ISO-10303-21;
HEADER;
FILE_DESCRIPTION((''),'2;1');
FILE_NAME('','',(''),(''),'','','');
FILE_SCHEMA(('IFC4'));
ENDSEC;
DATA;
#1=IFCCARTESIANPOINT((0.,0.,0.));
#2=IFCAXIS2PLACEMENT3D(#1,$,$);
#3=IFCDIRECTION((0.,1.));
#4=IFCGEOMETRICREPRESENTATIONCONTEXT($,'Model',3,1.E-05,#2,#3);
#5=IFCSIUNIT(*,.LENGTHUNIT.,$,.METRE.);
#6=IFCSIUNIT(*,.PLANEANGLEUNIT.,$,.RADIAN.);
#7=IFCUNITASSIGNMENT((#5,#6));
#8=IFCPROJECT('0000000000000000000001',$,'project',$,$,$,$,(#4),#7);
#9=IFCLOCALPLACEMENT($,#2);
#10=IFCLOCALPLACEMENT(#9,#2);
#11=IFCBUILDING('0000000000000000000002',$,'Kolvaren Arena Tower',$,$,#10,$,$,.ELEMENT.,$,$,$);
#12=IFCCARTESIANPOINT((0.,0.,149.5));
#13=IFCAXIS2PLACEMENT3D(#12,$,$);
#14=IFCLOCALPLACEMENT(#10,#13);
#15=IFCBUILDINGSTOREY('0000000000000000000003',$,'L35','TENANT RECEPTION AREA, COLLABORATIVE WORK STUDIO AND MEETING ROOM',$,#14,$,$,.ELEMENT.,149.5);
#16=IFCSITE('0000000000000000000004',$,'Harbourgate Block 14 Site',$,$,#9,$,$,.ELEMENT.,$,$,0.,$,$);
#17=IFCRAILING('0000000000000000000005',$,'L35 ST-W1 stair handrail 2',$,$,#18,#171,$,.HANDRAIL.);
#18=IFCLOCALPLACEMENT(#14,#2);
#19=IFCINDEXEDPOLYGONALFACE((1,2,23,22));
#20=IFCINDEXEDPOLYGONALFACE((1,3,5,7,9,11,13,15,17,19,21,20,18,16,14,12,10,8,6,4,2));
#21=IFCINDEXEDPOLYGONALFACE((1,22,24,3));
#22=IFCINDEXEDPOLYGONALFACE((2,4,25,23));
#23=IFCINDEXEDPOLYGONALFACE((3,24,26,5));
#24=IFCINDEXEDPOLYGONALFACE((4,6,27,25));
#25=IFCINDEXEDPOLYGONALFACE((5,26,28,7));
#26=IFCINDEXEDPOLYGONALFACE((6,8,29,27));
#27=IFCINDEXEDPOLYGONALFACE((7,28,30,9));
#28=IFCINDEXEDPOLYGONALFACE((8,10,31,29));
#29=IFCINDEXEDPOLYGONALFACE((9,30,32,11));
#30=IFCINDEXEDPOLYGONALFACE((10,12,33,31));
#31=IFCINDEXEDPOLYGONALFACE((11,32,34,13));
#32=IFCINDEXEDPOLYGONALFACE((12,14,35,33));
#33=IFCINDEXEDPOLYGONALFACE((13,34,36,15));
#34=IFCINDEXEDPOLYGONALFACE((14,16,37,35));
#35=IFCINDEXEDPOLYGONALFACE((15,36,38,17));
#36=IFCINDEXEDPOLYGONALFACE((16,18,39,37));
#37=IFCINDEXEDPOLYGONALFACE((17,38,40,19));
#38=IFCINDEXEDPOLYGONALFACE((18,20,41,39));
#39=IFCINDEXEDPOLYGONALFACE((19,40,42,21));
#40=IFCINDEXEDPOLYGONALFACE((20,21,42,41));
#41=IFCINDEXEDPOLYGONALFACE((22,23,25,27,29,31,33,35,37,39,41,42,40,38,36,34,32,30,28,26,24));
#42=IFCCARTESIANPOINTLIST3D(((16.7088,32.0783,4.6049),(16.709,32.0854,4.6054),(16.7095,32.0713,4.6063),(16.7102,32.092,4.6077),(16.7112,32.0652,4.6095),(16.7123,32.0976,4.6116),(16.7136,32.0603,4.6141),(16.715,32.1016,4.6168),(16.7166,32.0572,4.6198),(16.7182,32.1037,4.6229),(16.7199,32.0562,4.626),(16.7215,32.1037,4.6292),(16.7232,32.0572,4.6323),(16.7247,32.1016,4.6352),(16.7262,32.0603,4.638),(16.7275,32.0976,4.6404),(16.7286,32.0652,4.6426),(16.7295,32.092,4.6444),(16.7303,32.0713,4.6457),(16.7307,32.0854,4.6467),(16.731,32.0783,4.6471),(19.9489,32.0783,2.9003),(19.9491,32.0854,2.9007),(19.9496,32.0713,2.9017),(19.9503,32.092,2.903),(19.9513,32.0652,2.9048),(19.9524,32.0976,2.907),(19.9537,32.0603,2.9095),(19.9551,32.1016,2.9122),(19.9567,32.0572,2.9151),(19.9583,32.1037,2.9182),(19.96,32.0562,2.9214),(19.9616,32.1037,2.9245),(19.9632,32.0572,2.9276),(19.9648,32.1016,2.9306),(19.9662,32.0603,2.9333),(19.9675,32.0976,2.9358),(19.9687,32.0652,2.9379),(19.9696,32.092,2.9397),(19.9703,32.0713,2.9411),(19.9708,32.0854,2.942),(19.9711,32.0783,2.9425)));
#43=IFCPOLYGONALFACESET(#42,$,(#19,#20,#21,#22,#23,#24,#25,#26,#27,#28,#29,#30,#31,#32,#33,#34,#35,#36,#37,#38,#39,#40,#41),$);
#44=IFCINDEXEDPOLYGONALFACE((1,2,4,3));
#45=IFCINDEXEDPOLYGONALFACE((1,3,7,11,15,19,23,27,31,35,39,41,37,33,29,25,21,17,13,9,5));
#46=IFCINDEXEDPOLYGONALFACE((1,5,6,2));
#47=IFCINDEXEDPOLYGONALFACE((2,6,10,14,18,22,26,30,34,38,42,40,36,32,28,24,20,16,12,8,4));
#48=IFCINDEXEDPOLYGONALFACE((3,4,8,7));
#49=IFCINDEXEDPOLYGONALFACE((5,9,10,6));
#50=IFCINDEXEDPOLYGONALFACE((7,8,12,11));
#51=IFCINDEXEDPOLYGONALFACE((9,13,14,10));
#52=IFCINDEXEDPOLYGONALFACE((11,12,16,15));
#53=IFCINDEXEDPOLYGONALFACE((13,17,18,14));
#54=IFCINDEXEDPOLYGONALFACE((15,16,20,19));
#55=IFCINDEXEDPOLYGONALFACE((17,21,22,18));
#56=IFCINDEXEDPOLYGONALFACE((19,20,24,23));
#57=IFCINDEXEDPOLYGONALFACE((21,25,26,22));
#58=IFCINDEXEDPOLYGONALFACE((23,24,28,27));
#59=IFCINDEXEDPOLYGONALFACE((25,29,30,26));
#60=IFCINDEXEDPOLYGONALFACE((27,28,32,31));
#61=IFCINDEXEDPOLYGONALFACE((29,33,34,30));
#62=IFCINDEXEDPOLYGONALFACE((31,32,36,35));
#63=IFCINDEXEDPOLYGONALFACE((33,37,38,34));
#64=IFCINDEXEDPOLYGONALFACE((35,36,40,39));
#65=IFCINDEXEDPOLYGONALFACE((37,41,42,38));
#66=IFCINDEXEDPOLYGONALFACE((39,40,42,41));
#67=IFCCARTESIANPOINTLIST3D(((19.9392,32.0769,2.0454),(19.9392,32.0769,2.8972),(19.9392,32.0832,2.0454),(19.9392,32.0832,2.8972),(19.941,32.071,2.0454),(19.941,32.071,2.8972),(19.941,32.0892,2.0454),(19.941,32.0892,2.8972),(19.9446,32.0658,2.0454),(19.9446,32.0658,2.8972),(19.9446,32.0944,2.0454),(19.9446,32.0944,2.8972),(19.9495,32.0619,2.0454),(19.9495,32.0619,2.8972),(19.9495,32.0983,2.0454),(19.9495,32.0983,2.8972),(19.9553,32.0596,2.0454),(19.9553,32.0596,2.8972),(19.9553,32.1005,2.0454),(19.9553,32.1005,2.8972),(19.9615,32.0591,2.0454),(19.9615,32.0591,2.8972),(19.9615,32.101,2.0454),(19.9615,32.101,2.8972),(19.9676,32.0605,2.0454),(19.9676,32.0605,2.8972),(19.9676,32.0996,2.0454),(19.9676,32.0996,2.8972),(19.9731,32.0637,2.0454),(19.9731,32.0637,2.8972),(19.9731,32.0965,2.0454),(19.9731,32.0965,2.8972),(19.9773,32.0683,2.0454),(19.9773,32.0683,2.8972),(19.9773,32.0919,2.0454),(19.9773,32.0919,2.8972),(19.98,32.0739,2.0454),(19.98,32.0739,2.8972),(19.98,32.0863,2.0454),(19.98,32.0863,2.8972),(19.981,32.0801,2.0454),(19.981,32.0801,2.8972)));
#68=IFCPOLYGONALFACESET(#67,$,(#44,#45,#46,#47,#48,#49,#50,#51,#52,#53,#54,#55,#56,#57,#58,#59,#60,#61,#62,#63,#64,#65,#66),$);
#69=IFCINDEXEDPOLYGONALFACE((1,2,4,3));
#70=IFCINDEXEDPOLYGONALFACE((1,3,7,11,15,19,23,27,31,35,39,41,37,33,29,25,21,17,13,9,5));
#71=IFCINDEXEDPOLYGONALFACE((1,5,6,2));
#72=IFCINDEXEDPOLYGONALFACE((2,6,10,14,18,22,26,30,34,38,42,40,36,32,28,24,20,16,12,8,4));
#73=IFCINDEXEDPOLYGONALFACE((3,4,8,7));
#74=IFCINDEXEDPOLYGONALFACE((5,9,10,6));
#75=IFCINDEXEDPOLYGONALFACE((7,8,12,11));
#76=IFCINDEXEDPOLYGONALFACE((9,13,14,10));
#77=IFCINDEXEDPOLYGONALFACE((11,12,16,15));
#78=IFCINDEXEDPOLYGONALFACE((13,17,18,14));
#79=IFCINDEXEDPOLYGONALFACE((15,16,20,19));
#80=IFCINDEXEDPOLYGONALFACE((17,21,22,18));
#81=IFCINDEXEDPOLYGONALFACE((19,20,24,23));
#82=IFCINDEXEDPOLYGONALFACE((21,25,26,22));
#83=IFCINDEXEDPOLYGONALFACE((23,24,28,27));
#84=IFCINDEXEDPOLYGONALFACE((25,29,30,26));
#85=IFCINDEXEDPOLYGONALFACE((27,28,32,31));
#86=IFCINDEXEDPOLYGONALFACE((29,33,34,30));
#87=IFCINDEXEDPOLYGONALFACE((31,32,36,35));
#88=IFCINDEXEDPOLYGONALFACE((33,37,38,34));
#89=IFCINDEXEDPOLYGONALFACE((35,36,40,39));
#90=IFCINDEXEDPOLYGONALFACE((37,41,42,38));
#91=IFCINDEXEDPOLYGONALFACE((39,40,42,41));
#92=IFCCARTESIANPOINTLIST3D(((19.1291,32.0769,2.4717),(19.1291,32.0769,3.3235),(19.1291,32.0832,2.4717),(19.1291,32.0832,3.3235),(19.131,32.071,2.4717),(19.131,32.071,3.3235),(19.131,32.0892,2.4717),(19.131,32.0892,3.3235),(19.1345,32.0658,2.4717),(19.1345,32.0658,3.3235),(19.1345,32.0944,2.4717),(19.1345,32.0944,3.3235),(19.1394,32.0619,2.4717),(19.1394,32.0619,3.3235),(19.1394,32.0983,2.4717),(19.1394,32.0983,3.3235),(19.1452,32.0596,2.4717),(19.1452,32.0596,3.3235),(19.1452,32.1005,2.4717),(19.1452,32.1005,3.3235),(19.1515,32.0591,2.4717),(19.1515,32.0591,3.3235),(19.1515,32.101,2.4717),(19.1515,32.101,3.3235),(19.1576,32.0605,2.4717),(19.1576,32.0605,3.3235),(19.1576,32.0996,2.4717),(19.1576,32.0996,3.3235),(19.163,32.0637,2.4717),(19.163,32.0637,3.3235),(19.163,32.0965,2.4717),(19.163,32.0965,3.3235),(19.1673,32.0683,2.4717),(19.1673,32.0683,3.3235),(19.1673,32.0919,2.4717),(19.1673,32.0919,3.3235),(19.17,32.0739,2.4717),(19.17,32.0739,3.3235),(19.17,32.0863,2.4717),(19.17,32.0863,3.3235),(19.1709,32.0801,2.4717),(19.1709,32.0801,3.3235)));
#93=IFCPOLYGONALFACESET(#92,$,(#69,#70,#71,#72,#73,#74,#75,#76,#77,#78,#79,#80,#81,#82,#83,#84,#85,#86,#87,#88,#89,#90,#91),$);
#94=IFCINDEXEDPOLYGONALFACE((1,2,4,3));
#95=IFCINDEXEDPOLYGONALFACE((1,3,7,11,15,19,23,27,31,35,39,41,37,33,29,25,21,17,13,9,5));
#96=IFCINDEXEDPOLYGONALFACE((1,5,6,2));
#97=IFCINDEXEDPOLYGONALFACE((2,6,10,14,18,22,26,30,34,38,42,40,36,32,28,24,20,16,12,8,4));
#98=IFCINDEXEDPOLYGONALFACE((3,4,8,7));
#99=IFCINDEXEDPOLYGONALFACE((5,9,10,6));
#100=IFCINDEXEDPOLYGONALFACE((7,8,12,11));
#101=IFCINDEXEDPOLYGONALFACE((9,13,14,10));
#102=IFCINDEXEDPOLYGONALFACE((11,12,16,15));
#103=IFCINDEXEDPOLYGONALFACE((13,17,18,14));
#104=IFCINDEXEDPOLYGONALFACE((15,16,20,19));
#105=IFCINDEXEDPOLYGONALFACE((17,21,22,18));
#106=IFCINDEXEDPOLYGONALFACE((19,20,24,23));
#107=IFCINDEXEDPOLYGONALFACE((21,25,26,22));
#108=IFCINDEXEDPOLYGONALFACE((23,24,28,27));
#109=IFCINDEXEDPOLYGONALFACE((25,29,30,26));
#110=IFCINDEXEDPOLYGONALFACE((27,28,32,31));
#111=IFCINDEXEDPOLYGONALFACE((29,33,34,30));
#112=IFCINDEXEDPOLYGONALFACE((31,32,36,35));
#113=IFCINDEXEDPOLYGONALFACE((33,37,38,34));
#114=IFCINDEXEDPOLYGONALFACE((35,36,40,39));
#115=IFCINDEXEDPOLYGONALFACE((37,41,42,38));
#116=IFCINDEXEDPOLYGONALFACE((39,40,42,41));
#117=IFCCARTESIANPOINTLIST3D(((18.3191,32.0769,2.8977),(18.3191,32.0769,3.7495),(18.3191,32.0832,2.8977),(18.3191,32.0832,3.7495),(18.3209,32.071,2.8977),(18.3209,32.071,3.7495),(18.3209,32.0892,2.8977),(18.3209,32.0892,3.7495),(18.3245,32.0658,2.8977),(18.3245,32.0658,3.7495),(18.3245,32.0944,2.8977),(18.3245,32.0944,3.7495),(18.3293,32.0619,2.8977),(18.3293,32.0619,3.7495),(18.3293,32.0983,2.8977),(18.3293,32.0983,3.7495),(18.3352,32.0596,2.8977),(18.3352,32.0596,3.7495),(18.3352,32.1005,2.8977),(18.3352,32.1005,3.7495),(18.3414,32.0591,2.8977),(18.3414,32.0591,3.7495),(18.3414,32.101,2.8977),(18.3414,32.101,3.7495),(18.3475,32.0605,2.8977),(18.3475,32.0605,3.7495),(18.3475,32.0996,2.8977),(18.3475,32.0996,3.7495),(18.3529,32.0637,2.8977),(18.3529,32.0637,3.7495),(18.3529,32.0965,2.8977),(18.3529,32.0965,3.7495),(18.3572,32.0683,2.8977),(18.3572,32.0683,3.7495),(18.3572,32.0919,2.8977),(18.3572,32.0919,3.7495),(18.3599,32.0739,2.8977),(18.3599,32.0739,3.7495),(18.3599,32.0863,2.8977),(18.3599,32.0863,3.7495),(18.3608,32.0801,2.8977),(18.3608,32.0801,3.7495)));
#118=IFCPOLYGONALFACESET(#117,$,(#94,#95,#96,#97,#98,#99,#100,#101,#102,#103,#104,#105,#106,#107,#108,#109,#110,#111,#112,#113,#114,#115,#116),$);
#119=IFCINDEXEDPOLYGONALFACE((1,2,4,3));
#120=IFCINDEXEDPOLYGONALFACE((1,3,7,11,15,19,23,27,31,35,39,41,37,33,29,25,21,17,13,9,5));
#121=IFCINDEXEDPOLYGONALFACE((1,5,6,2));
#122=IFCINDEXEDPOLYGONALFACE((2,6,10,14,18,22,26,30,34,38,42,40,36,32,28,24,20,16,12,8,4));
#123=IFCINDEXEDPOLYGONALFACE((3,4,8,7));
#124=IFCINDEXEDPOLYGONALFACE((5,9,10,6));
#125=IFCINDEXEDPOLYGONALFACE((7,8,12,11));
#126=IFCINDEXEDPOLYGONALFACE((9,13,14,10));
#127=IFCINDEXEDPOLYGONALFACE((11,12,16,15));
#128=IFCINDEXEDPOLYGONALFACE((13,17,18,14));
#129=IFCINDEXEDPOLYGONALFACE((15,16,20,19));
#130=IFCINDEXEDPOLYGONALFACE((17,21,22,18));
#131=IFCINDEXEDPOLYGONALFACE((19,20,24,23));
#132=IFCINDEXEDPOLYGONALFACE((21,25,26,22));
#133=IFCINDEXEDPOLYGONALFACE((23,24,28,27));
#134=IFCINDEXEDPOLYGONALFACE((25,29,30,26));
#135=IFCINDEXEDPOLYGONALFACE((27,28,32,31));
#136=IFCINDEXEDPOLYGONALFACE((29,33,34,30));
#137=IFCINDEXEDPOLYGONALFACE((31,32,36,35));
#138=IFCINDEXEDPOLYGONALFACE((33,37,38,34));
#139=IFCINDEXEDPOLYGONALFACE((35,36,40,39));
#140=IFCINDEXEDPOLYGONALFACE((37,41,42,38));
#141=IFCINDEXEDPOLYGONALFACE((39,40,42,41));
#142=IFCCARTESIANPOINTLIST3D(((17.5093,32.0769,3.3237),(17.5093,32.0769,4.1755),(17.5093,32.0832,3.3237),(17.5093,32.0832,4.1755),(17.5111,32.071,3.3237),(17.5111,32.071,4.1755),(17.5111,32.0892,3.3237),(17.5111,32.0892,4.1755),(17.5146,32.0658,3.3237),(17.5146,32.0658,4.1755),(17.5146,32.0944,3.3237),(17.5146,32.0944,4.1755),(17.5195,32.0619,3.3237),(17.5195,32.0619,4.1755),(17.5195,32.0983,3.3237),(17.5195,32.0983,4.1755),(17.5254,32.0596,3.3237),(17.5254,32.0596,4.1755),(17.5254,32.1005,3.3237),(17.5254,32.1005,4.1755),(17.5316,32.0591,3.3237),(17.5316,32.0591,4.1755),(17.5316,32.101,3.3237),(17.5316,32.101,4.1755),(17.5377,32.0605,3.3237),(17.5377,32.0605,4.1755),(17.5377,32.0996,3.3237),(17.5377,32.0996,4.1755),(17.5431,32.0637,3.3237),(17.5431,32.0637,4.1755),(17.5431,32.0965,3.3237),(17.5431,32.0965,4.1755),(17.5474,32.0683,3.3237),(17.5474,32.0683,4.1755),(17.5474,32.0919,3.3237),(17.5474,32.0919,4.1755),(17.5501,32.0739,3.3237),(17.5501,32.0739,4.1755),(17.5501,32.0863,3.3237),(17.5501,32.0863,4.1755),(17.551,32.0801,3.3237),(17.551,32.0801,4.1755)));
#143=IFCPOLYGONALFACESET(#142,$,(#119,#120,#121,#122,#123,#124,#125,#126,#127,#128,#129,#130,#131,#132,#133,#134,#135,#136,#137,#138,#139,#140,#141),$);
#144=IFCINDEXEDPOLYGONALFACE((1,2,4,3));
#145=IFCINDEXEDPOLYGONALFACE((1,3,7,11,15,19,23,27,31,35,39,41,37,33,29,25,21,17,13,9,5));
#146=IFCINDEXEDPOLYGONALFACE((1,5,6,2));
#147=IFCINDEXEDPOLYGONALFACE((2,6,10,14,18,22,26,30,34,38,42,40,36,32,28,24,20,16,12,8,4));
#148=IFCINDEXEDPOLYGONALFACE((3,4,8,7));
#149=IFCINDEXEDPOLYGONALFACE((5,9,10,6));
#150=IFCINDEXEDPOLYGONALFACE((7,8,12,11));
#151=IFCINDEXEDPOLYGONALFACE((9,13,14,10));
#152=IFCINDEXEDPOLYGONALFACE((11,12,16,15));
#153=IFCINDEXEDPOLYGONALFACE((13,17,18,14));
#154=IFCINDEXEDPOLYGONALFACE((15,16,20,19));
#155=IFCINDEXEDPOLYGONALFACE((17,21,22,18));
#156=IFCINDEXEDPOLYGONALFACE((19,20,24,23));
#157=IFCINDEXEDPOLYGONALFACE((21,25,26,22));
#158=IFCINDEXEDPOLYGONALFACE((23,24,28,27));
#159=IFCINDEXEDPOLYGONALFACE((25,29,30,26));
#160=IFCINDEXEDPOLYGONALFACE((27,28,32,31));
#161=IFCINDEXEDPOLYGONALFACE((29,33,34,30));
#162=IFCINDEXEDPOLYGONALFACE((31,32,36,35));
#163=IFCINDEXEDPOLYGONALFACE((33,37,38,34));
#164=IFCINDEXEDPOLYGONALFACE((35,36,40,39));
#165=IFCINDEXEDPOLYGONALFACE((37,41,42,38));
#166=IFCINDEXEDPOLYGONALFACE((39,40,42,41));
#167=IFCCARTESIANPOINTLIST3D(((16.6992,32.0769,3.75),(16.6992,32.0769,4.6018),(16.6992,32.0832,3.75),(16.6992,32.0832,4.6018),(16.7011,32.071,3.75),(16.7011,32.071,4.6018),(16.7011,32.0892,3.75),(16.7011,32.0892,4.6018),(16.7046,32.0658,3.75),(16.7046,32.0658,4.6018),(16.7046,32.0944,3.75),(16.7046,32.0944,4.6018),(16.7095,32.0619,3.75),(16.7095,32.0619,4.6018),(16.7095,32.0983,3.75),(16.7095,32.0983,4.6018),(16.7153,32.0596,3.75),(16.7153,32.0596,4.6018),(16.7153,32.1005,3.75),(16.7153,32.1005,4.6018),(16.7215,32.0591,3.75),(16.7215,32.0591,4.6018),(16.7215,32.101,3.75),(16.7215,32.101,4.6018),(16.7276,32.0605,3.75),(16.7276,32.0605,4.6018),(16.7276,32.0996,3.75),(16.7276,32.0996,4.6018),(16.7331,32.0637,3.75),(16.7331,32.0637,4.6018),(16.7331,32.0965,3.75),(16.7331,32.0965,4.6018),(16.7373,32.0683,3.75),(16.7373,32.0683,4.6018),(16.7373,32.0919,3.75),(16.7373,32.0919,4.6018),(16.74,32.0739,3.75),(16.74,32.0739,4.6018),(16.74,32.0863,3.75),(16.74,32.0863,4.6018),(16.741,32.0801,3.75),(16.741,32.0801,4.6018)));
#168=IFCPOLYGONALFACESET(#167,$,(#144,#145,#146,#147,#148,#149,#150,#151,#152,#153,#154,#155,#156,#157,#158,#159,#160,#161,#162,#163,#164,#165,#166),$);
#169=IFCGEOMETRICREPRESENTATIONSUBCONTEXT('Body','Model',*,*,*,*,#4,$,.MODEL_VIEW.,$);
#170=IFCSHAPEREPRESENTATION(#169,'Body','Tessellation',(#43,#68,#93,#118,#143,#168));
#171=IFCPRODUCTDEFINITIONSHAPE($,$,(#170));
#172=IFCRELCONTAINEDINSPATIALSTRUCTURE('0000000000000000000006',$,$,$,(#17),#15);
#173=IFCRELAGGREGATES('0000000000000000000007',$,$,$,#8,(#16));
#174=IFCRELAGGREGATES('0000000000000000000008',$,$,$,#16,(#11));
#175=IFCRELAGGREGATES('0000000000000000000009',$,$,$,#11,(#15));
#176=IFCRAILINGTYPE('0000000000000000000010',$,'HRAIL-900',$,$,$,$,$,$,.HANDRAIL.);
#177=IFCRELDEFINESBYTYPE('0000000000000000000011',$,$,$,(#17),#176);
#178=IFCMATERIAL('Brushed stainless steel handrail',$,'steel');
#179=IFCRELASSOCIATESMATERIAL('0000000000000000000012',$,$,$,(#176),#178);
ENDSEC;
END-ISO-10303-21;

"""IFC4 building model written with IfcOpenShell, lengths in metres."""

from ifc_helpers import new_model, si_unit, direction, frame, origin, origin_2d, place, context, subcontext, project, spatial, circle, extrude, material, type_object, element, save


model = new_model("IFC4")

# Units and contexts
model_context = context("Model", 3, precision=1e-05, world=origin(), true_north=direction((0.0, 1.0)))
body_context = subcontext(model_context, "Body", "Model", "MODEL_VIEW")
ifc_project = project(units=[si_unit("LENGTHUNIT", "METRE"), si_unit("PLANEANGLEUNIT", "RADIAN")], contexts=[model_context])

# Site, building, storey
site_placement = place(None, origin())
site = spatial("IfcSite", under=ifc_project, at=site_placement, Name="Harbourgate Block 14 Site", CompositionType="ELEMENT", RefElevation=0.0)
building_placement = place(site_placement, origin())
building = spatial("IfcBuilding", under=site, at=building_placement, Name="Kolvaren Arena Tower", CompositionType="ELEMENT")
storey_placement = place(building_placement, frame((0.0, 0.0, 149.5)))
storey = spatial("IfcBuildingStorey", under=building, at=storey_placement, Name="L35", Description="TENANT RECEPTION AREA, COLLABORATIVE WORK STUDIO AND MEETING ROOM", CompositionType="ELEMENT", Elevation=149.5)

# Railing
ifc_material_1 = material(Name="Brushed stainless steel handrail", Category="steel")
railing_type_1 = type_object("IfcRailingType", Name="HRAIL-900", PredefinedType="HANDRAIL", material=ifc_material_1)
railing_1_placement = place(storey_placement, frame((19.96, 32.0801, 2.0454)))
element("IfcRailing", 1, at=railing_1_placement, inside=storey, type_object=railing_type_1, Name="L35 ST-W1 stair handrail 2", PredefinedType="HANDRAIL", context=body_context, shape_type="SweptSolid", body=[
    extrude(circle(Radius=0.0239, at=origin_2d()), frame((0.0, 0.0, 0.876), z_axis=(-0.884993, 0.0, 0.465604), x_axis=(0.0, -1.0, 0.0)), (0.0, 0.0, 1.0), 3.6611),
    extrude(circle(Radius=0.021, at=origin_2d()), origin(), (0.0, 0.0, 1.0), 0.8518),
    extrude(circle(Radius=0.021, at=origin_2d()), frame((-0.8101, 0.0, 0.4263)), (0.0, 0.0, 1.0), 0.8518),
    extrude(circle(Radius=0.021, at=origin_2d()), frame((-1.6201, 0.0, 0.8523)), (0.0, 0.0, 1.0), 0.8518),
    extrude(circle(Radius=0.021, at=origin_2d()), frame((-2.4299, 0.0, 1.2783)), (0.0, 0.0, 1.0), 0.8518),
    extrude(circle(Radius=0.021, at=origin_2d()), frame((-3.24, 0.0, 1.7046)), (0.0, 0.0, 1.0), 0.8518),
])

save(model, "model.ifc")
